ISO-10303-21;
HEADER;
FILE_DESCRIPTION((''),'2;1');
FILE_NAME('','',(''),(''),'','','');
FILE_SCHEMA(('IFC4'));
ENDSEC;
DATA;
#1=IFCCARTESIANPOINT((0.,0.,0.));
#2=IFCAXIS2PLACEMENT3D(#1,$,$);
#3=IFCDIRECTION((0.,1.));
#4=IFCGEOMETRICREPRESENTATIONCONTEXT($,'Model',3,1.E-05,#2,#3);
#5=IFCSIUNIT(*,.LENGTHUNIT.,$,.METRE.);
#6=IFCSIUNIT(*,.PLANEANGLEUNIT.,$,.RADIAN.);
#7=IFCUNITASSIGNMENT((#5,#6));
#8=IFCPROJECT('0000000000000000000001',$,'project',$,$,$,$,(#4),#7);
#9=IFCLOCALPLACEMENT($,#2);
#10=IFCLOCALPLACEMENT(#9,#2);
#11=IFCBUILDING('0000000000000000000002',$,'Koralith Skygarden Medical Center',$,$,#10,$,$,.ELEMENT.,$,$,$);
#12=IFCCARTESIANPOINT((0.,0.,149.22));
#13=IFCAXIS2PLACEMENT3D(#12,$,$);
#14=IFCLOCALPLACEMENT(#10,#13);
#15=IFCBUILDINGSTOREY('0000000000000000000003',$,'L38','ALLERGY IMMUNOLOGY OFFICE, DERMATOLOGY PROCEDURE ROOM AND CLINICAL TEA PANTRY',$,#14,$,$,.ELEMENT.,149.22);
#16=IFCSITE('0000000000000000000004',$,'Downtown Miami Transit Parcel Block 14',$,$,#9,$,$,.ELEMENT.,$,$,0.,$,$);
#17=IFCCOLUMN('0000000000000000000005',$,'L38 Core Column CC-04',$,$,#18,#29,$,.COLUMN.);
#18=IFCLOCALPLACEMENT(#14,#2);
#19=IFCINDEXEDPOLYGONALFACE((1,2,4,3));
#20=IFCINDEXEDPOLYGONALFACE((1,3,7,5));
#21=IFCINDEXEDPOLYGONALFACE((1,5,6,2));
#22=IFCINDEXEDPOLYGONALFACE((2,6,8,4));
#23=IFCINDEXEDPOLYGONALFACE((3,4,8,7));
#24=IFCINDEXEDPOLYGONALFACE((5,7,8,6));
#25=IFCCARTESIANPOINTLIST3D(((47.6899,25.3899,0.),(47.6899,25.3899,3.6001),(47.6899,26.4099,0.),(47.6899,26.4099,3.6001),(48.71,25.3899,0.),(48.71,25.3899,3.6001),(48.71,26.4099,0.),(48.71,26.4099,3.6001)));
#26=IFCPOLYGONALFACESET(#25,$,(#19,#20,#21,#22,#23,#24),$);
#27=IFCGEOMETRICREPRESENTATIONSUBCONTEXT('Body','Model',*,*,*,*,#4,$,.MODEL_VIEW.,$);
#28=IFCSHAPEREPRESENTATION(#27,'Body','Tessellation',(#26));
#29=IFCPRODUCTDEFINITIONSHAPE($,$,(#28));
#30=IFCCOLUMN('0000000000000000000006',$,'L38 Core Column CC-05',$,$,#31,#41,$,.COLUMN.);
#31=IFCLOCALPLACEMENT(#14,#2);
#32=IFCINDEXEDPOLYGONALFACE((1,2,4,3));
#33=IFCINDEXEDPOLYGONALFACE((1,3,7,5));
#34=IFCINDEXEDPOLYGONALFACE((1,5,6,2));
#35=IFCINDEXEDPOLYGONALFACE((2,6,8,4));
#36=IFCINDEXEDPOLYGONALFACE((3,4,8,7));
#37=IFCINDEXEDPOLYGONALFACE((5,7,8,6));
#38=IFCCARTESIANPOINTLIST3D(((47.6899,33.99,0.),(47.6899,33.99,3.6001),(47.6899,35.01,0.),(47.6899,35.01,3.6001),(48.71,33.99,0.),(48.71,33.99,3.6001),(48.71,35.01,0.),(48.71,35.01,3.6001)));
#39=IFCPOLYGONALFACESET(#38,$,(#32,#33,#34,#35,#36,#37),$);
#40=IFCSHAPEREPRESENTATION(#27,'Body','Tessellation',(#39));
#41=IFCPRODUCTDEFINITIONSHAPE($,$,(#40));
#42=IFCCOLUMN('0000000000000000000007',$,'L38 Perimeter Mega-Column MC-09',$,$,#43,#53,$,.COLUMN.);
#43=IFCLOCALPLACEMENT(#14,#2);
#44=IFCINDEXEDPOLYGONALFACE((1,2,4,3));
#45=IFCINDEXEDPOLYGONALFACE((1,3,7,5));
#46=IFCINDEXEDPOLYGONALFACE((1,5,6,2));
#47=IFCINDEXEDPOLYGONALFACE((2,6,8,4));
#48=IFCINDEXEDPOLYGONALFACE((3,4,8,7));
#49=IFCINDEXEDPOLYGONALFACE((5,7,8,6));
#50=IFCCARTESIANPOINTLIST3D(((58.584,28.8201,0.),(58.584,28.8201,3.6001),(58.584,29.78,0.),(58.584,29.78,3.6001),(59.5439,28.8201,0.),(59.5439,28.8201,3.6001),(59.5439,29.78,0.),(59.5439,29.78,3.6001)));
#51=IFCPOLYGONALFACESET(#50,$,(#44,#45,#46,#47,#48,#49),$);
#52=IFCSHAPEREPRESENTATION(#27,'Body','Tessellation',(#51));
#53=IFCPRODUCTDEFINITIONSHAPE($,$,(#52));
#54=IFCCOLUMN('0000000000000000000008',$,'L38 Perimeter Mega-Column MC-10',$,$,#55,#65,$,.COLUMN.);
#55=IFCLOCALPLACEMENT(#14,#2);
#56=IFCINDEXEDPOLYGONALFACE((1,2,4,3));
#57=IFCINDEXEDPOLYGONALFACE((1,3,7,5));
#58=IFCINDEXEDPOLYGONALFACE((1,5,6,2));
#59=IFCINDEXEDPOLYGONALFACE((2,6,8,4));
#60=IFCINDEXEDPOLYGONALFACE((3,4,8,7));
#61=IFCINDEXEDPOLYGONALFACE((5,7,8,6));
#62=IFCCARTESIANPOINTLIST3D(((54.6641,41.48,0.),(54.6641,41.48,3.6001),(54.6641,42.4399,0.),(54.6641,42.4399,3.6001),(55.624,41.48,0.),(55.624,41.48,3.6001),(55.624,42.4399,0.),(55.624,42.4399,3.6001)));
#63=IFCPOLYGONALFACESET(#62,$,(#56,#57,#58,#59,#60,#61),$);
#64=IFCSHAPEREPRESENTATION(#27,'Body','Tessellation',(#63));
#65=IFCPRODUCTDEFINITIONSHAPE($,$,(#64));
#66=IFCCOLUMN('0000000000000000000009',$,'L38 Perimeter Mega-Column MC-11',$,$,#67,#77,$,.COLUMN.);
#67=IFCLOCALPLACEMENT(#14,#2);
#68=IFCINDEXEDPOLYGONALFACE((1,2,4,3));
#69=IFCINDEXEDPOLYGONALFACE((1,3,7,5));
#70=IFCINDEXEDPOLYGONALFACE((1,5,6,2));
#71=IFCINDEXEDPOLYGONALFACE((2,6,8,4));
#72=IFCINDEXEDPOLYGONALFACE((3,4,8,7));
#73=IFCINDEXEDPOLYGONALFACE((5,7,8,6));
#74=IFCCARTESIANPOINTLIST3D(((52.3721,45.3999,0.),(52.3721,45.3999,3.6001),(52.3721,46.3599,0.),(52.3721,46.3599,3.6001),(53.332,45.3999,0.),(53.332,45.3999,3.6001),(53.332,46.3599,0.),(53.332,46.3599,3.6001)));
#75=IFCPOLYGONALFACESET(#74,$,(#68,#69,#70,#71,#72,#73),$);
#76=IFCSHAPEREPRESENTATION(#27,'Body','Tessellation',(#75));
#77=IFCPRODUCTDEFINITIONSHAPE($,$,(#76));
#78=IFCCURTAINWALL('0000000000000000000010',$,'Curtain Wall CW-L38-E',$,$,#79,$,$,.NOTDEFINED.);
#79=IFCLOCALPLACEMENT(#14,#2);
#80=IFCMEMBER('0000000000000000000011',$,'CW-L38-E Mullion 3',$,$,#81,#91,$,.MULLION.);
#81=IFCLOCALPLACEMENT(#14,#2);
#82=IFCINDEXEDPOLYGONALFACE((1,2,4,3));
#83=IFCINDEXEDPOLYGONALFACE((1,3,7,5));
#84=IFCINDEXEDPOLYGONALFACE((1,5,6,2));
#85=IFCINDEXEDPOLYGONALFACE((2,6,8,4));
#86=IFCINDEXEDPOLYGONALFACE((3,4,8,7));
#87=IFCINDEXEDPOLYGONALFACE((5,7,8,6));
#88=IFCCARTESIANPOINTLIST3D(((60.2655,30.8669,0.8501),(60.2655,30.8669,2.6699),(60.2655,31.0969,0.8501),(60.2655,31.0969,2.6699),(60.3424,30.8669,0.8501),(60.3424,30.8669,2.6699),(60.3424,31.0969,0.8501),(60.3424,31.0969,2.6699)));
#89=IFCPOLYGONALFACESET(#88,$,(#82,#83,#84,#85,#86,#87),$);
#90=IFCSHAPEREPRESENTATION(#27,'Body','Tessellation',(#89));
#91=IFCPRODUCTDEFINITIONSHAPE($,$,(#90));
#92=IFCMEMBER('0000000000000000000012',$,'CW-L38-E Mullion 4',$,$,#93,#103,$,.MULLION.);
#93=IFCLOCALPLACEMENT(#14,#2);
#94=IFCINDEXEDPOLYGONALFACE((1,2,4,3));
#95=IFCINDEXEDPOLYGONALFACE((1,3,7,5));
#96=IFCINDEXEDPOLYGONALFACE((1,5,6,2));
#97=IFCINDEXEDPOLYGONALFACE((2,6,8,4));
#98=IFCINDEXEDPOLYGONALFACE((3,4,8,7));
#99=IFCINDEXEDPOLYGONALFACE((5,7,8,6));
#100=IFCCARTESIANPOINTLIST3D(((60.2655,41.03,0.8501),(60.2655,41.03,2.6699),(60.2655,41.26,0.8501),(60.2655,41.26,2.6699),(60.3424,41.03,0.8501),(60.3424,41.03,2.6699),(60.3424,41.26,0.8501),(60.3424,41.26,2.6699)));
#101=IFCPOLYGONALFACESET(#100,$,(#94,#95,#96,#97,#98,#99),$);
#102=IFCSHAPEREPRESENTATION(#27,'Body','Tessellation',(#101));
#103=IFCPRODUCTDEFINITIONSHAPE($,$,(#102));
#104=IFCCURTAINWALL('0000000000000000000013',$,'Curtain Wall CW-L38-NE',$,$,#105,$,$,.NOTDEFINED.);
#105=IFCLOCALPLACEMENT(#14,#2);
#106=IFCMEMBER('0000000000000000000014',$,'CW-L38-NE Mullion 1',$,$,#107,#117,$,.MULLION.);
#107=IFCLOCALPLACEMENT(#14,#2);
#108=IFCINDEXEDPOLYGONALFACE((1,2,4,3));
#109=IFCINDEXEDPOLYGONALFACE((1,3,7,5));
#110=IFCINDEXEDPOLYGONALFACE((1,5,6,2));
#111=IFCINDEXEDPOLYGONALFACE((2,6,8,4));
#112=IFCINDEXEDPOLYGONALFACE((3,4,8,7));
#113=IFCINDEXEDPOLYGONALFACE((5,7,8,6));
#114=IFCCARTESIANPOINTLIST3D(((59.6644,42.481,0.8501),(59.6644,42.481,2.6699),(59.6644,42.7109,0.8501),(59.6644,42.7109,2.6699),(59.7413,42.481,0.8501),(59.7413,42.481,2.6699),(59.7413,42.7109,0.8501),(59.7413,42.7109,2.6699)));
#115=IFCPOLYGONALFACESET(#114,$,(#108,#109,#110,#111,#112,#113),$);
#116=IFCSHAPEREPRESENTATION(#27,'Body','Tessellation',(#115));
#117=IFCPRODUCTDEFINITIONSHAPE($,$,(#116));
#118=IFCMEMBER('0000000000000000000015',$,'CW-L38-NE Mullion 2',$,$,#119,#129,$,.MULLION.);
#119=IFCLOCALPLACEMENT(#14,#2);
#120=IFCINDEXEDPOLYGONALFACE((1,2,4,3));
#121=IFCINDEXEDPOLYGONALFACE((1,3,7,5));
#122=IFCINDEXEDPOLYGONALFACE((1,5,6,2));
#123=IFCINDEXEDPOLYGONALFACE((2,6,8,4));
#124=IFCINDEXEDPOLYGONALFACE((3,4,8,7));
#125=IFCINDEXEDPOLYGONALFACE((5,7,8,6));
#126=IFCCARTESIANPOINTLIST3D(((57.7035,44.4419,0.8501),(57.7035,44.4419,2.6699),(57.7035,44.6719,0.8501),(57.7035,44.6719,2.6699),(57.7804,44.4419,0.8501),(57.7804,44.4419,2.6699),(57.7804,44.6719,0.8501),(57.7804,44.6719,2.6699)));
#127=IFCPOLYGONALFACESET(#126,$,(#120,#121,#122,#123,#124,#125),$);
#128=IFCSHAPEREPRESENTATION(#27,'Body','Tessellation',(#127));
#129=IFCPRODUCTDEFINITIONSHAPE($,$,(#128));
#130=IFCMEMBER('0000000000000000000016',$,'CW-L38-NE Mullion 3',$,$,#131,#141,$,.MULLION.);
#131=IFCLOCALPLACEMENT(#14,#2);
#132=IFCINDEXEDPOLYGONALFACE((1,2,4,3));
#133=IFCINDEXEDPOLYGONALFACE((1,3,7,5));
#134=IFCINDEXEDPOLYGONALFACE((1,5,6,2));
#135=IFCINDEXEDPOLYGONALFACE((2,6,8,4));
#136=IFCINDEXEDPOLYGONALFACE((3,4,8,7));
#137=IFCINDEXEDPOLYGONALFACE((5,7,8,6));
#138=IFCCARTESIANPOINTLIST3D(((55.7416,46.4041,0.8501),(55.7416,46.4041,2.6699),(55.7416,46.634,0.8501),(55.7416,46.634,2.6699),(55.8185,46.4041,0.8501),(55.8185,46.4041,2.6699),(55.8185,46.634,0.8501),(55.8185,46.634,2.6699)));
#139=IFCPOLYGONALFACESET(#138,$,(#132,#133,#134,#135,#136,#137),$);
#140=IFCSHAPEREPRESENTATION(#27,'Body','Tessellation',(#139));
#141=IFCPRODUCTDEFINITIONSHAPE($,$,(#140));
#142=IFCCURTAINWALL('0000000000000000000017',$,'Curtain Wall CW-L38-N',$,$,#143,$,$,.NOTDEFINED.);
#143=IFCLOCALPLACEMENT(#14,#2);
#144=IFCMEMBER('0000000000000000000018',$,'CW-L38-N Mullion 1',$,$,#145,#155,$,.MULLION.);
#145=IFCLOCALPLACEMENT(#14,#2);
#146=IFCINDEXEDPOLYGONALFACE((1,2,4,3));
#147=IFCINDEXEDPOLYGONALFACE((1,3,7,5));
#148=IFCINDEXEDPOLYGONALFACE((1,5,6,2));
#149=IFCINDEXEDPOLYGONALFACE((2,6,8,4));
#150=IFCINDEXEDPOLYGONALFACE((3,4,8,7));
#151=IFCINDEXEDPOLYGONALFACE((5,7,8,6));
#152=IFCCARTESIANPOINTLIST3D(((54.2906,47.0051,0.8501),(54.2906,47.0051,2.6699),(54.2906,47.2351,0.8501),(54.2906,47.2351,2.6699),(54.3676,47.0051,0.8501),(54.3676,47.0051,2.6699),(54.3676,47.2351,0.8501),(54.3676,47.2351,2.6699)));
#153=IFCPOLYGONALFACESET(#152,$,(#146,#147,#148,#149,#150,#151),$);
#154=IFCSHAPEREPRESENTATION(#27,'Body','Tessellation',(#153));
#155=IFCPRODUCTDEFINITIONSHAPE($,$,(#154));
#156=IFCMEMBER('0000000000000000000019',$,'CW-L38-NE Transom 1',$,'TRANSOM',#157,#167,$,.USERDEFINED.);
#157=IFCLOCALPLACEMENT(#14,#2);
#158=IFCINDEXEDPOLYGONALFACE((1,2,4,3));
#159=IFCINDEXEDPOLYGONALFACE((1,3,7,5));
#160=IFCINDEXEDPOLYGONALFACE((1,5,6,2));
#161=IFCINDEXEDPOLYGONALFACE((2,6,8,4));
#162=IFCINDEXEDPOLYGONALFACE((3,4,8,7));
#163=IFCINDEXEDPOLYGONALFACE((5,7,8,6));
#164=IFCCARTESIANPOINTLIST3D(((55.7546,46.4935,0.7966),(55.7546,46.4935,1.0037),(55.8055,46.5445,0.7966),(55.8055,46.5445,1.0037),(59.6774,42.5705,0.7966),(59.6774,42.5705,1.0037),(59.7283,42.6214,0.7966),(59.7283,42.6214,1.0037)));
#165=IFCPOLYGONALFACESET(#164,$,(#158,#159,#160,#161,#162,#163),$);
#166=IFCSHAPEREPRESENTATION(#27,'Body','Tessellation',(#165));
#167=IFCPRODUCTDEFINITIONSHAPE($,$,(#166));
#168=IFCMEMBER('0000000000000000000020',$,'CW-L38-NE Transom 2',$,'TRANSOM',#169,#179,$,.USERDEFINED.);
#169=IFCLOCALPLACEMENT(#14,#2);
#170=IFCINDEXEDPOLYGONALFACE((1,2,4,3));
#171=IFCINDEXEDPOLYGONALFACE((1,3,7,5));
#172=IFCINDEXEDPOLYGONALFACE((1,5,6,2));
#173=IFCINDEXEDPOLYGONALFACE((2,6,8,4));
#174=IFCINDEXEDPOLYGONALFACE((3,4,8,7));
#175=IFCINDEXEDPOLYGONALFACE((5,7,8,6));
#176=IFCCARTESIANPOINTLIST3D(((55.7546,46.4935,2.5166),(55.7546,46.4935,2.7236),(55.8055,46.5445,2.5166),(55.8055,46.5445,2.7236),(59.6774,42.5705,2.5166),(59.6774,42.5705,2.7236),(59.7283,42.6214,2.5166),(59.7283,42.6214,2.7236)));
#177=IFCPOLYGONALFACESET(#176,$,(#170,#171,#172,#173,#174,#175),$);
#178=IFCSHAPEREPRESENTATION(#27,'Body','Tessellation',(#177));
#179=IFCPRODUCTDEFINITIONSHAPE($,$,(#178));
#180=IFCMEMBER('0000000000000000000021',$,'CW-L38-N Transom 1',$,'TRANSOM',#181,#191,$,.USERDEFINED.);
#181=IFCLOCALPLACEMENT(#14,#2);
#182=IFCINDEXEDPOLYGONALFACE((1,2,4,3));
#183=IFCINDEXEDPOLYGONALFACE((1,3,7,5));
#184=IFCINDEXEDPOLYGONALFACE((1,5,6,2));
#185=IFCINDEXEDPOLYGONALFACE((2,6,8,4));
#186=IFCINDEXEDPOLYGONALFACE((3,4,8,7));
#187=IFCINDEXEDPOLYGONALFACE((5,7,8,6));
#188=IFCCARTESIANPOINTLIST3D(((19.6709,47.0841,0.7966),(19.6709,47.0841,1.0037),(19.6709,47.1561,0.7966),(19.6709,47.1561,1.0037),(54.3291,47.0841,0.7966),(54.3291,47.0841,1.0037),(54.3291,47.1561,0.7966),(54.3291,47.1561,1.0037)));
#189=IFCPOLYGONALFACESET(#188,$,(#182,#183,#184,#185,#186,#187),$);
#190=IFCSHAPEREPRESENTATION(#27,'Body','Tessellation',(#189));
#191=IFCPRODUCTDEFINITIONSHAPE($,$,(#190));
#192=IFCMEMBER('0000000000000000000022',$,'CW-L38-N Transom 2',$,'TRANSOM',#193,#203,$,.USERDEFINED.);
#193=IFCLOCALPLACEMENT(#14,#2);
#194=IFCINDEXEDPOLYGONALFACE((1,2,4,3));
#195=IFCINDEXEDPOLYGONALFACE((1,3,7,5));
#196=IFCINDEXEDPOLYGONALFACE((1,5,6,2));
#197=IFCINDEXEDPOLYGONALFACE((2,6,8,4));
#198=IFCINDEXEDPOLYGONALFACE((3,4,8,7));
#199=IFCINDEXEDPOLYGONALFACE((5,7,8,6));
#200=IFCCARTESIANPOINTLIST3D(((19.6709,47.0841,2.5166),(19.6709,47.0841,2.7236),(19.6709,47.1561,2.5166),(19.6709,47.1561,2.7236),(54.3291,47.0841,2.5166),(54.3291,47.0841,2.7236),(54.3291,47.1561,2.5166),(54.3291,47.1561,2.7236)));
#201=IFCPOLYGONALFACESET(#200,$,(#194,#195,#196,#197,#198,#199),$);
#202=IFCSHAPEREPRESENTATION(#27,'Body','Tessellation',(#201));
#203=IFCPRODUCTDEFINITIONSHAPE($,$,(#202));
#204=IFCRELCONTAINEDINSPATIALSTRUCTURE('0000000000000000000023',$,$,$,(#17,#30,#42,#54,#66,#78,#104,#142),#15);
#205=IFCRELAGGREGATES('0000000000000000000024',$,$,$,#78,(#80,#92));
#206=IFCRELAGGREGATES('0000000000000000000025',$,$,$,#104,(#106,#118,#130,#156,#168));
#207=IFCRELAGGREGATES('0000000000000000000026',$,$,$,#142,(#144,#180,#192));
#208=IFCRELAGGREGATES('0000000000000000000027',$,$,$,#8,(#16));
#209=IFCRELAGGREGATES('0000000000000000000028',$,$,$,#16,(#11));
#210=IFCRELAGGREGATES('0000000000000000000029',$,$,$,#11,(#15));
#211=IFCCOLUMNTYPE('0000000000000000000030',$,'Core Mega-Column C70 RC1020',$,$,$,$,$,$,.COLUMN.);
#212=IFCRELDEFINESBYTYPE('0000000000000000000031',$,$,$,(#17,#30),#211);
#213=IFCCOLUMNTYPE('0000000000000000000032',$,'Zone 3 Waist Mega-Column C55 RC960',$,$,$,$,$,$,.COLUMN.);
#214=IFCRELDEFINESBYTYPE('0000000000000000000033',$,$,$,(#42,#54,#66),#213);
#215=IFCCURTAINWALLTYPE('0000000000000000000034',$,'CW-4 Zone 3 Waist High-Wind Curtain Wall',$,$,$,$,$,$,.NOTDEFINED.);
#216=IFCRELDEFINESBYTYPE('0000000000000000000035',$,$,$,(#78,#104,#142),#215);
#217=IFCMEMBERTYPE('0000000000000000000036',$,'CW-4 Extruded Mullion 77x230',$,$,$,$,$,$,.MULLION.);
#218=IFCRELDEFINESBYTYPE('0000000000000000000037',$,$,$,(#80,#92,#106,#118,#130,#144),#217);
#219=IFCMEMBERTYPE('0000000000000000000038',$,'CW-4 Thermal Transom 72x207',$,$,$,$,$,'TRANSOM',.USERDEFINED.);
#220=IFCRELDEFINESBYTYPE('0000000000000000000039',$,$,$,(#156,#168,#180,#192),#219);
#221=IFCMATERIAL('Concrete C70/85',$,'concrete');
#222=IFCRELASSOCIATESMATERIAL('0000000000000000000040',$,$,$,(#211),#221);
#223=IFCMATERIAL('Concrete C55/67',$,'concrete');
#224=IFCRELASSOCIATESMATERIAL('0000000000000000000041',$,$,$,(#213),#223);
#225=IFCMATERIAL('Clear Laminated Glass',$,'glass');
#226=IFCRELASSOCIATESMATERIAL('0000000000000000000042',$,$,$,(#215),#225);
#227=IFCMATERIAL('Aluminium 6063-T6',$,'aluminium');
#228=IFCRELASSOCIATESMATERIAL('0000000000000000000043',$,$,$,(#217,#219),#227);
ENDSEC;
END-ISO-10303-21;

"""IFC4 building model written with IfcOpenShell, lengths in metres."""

from ifc_helpers import new_model, si_unit, direction, frame, origin, origin_2d, place, context, subcontext, project, spatial, rectangle, extrude, material, material_profile, profile_set, type_object, element, aggregate, save


model = new_model("IFC4")

# Units and contexts
model_context = context("Model", 3, precision=1e-05, world=origin(), true_north=direction((0.0, 1.0)))
body_context = subcontext(model_context, "Body", "Model", "MODEL_VIEW")
ifc_project = project(units=[si_unit("LENGTHUNIT", "METRE"), si_unit("PLANEANGLEUNIT", "RADIAN")], contexts=[model_context])

# Site, building, storey
site_placement = place(None, origin())
site = spatial("IfcSite", under=ifc_project, at=site_placement, Name="Downtown Miami Transit Parcel Block 14", CompositionType="ELEMENT", RefElevation=0.0)
building_placement = place(site_placement, origin())
building = spatial("IfcBuilding", under=site, at=building_placement, Name="Koralith Skygarden Medical Center", CompositionType="ELEMENT")
storey_placement = place(building_placement, frame((0.0, 0.0, 149.22)))
storey = spatial("IfcBuildingStorey", under=building, at=storey_placement, Name="L38", Description="ALLERGY IMMUNOLOGY OFFICE, DERMATOLOGY PROCEDURE ROOM AND CLINICAL TEA PANTRY", CompositionType="ELEMENT", Elevation=149.22)

# Columns
ifc_material_1 = material(Name="Concrete C70/85", Category="concrete")
ifc_material_profile_1 = material_profile(ifc_material_1, rectangle(XDim=1.02, YDim=1.02, at=origin_2d()), Name="RC1020X1020")
ifc_profile_set_1 = profile_set([ifc_material_profile_1], Name="Concrete C70/85")
column_type_1 = type_object("IfcColumnType", Name="Core Mega-Column C70 RC1020", PredefinedType="COLUMN", material=ifc_profile_set_1)
for number, where, z_axis, x_axis, name in (
    (1, (48.2, 25.8999, 0.0), (0.0, 0.0, 1.0), (1.0, 0.0, 0.0), "L38 Core Column CC-04"),
    (2, (48.2, 34.5, 0.0), (0.0, 0.0, 1.0), (1.0, 0.0, 0.0), "L38 Core Column CC-05"),
):
    element("IfcColumn", number, at=place(storey_placement, frame(where, z_axis=z_axis, x_axis=x_axis)), inside=storey, type_object=column_type_1, Name=name, PredefinedType="COLUMN", context=body_context, shape_type="SweptSolid", body=[
        extrude(rectangle(XDim=1.02, YDim=1.02, at=origin_2d()), origin(), (0.0, 0.0, 1.0), 3.6001),
    ])
ifc_material_2 = material(Name="Concrete C55/67", Category="concrete")
ifc_material_profile_2 = material_profile(ifc_material_2, rectangle(XDim=0.96, YDim=0.96, at=origin_2d()), Name="RC960X960")
ifc_profile_set_2 = profile_set([ifc_material_profile_2], Name="Concrete C55/67")
column_type_2 = type_object("IfcColumnType", Name="Zone 3 Waist Mega-Column C55 RC960", PredefinedType="COLUMN", material=ifc_profile_set_2)
for number, where, z_axis, x_axis, name in (
    (3, (59.064, 29.3, 0.0), (0.0, 0.0, 1.0), (1.0, 0.0, 0.0), "L38 Perimeter Mega-Column MC-09"),
    (4, (55.144, 41.96, 0.0), (0.0, 0.0, 1.0), (1.0, 0.0, 0.0), "L38 Perimeter Mega-Column MC-10"),
    (5, (52.8521, 45.8799, 0.0), (0.0, 0.0, 1.0), (1.0, 0.0, 0.0), "L38 Perimeter Mega-Column MC-11"),
):
    element("IfcColumn", number, at=place(storey_placement, frame(where, z_axis=z_axis, x_axis=x_axis)), inside=storey, type_object=column_type_2, Name=name, PredefinedType="COLUMN", context=body_context, shape_type="SweptSolid", body=[
        extrude(rectangle(XDim=0.96, YDim=0.96, at=origin_2d()), origin(), (0.0, 0.0, 1.0), 3.6001),
    ])

# Curtain walls, members
ifc_material_3 = material(Name="Clear Laminated Glass", Category="glass")
curtain_wall_type = type_object("IfcCurtainWallType", Name="CW-4 Zone 3 Waist High-Wind Curtain Wall", PredefinedType="NOTDEFINED", material=ifc_material_3)
curtain_wall_1_placement = place(storey_placement, origin())
curtain_wall_1 = element("IfcCurtainWall", 6, at=curtain_wall_1_placement, inside=storey, type_object=curtain_wall_type, Name="Curtain Wall CW-L38-E", PredefinedType="NOTDEFINED")
ifc_material_4 = material(Name="Aluminium 6063-T6", Category="aluminium")
ifc_material_profile_3 = material_profile(ifc_material_4, rectangle(XDim=0.0769, YDim=0.23, at=origin_2d()), Name="MUL77X230")
ifc_profile_set_3 = profile_set([ifc_material_profile_3], Name="Aluminium 6063-T6")
member_type_1 = type_object("IfcMemberType", Name="CW-4 Extruded Mullion 77x230", PredefinedType="MULLION", material=ifc_profile_set_3)
member_1_placement = place(storey_placement, frame((60.304, 30.9819, 0.8501), z_axis=(0.0, 0.0, 1.0), x_axis=(1.0, 0.0, 0.0)))
member_1 = element("IfcMember", 7, at=member_1_placement, type_object=member_type_1, Name="CW-L38-E Mullion 3", PredefinedType="MULLION", context=body_context, shape_type="SweptSolid", body=[
    extrude(rectangle(XDim=0.0769, YDim=0.23, at=origin_2d()), origin(), (0.0, 0.0, 1.0), 1.8198),
])
member_2_placement = place(storey_placement, frame((60.304, 41.145, 0.8501), z_axis=(0.0, 0.0, 1.0), x_axis=(1.0, 0.0, 0.0)))
member_2 = element("IfcMember", 8, at=member_2_placement, type_object=member_type_1, Name="CW-L38-E Mullion 4", PredefinedType="MULLION", context=body_context, shape_type="SweptSolid", body=[
    extrude(rectangle(XDim=0.0769, YDim=0.23, at=origin_2d()), origin(), (0.0, 0.0, 1.0), 1.8198),
])
curtain_wall_2_placement = place(storey_placement, origin())
curtain_wall_2 = element("IfcCurtainWall", 9, at=curtain_wall_2_placement, inside=storey, type_object=curtain_wall_type, Name="Curtain Wall CW-L38-NE", PredefinedType="NOTDEFINED")
member_3_placement = place(storey_placement, frame((59.7029, 42.5959, 0.8501), z_axis=(0.0, 0.0, 1.0), x_axis=(1.0, 0.0, 0.0)))
member_3 = element("IfcMember", 10, at=member_3_placement, type_object=member_type_1, Name="CW-L38-NE Mullion 1", PredefinedType="MULLION", context=body_context, shape_type="SweptSolid", body=[
    extrude(rectangle(XDim=0.0769, YDim=0.23, at=origin_2d()), origin(), (0.0, 0.0, 1.0), 1.8198),
])
member_4_placement = place(storey_placement, frame((57.7419, 44.5569, 0.8501), z_axis=(0.0, 0.0, 1.0), x_axis=(1.0, 0.0, 0.0)))
member_4 = element("IfcMember", 11, at=member_4_placement, type_object=member_type_1, Name="CW-L38-NE Mullion 2", PredefinedType="MULLION", context=body_context, shape_type="SweptSolid", body=[
    extrude(rectangle(XDim=0.0769, YDim=0.23, at=origin_2d()), origin(), (0.0, 0.0, 1.0), 1.8198),
])
member_5_placement = place(storey_placement, frame((55.78, 46.519, 0.8501), z_axis=(0.0, 0.0, 1.0), x_axis=(1.0, 0.0, 0.0)))
member_5 = element("IfcMember", 12, at=member_5_placement, type_object=member_type_1, Name="CW-L38-NE Mullion 3", PredefinedType="MULLION", context=body_context, shape_type="SweptSolid", body=[
    extrude(rectangle(XDim=0.0769, YDim=0.23, at=origin_2d()), origin(), (0.0, 0.0, 1.0), 1.8198),
])

# Curtain wall, member
curtain_wall_3_placement = place(storey_placement, origin())
curtain_wall_3 = element("IfcCurtainWall", 13, at=curtain_wall_3_placement, inside=storey, type_object=curtain_wall_type, Name="Curtain Wall CW-L38-N", PredefinedType="NOTDEFINED")
member_6_placement = place(storey_placement, frame((54.3291, 47.1201, 0.8501), z_axis=(0.0, 0.0, 1.0), x_axis=(1.0, 0.0, 0.0)))
member_6 = element("IfcMember", 14, at=member_6_placement, type_object=member_type_1, Name="CW-L38-N Mullion 1", PredefinedType="MULLION", context=body_context, shape_type="SweptSolid", body=[
    extrude(rectangle(XDim=0.0769, YDim=0.23, at=origin_2d()), origin(), (0.0, 0.0, 1.0), 1.8198),
])

# Members
ifc_material_profile_4 = material_profile(ifc_material_4, rectangle(XDim=0.072, YDim=0.207, at=origin_2d()), Name="TRN72X207")
ifc_profile_set_4 = profile_set([ifc_material_profile_4], Name="Aluminium 6063-T6")
member_type_2 = type_object("IfcMemberType", Name="CW-4 Thermal Transom 72x207", ElementType="TRANSOM", PredefinedType="USERDEFINED", material=ifc_profile_set_4)
member_7_placement = place(storey_placement, frame((59.7029, 42.5959, 0.9001), z_axis=(-0.707085, 0.707129, 0.0), x_axis=(-0.707129, -0.707085, 0.0)))
member_7 = element("IfcMember", 15, at=member_7_placement, type_object=member_type_2, Name="CW-L38-NE Transom 1", ObjectType="TRANSOM", PredefinedType="USERDEFINED", context=body_context, shape_type="SweptSolid", body=[
    extrude(rectangle(XDim=0.072, YDim=0.207, at=origin_2d()), origin(), (0.0, 0.0, 1.0), 5.5479),
])
member_8_placement = place(storey_placement, frame((59.7029, 42.5959, 2.6201), z_axis=(-0.707085, 0.707129, 0.0), x_axis=(-0.707129, -0.707085, 0.0)))
member_8 = element("IfcMember", 16, at=member_8_placement, type_object=member_type_2, Name="CW-L38-NE Transom 2", ObjectType="TRANSOM", PredefinedType="USERDEFINED", context=body_context, shape_type="SweptSolid", body=[
    extrude(rectangle(XDim=0.072, YDim=0.207, at=origin_2d()), origin(), (0.0, 0.0, 1.0), 5.5479),
])
member_9_placement = place(storey_placement, frame((54.3291, 47.1201, 0.9001), z_axis=(-1.0, 0.0, 0.0), x_axis=(0.0, -1.0, 0.0)))
member_9 = element("IfcMember", 17, at=member_9_placement, type_object=member_type_2, Name="CW-L38-N Transom 1", ObjectType="TRANSOM", PredefinedType="USERDEFINED", context=body_context, shape_type="SweptSolid", body=[
    extrude(rectangle(XDim=0.072, YDim=0.207, at=origin_2d()), origin(), (0.0, 0.0, 1.0), 34.6582),
])
member_10_placement = place(storey_placement, frame((54.3291, 47.1201, 2.6201), z_axis=(-1.0, 0.0, 0.0), x_axis=(0.0, -1.0, 0.0)))
member_10 = element("IfcMember", 18, at=member_10_placement, type_object=member_type_2, Name="CW-L38-N Transom 2", ObjectType="TRANSOM", PredefinedType="USERDEFINED", context=body_context, shape_type="SweptSolid", body=[
    extrude(rectangle(XDim=0.072, YDim=0.207, at=origin_2d()), origin(), (0.0, 0.0, 1.0), 34.6582),
])

aggregate(curtain_wall_1, [member_1, member_2])
aggregate(curtain_wall_2, [member_3, member_4, member_5, member_7, member_8])
aggregate(curtain_wall_3, [member_6, member_9, member_10])

save(model, "model.ifc")
